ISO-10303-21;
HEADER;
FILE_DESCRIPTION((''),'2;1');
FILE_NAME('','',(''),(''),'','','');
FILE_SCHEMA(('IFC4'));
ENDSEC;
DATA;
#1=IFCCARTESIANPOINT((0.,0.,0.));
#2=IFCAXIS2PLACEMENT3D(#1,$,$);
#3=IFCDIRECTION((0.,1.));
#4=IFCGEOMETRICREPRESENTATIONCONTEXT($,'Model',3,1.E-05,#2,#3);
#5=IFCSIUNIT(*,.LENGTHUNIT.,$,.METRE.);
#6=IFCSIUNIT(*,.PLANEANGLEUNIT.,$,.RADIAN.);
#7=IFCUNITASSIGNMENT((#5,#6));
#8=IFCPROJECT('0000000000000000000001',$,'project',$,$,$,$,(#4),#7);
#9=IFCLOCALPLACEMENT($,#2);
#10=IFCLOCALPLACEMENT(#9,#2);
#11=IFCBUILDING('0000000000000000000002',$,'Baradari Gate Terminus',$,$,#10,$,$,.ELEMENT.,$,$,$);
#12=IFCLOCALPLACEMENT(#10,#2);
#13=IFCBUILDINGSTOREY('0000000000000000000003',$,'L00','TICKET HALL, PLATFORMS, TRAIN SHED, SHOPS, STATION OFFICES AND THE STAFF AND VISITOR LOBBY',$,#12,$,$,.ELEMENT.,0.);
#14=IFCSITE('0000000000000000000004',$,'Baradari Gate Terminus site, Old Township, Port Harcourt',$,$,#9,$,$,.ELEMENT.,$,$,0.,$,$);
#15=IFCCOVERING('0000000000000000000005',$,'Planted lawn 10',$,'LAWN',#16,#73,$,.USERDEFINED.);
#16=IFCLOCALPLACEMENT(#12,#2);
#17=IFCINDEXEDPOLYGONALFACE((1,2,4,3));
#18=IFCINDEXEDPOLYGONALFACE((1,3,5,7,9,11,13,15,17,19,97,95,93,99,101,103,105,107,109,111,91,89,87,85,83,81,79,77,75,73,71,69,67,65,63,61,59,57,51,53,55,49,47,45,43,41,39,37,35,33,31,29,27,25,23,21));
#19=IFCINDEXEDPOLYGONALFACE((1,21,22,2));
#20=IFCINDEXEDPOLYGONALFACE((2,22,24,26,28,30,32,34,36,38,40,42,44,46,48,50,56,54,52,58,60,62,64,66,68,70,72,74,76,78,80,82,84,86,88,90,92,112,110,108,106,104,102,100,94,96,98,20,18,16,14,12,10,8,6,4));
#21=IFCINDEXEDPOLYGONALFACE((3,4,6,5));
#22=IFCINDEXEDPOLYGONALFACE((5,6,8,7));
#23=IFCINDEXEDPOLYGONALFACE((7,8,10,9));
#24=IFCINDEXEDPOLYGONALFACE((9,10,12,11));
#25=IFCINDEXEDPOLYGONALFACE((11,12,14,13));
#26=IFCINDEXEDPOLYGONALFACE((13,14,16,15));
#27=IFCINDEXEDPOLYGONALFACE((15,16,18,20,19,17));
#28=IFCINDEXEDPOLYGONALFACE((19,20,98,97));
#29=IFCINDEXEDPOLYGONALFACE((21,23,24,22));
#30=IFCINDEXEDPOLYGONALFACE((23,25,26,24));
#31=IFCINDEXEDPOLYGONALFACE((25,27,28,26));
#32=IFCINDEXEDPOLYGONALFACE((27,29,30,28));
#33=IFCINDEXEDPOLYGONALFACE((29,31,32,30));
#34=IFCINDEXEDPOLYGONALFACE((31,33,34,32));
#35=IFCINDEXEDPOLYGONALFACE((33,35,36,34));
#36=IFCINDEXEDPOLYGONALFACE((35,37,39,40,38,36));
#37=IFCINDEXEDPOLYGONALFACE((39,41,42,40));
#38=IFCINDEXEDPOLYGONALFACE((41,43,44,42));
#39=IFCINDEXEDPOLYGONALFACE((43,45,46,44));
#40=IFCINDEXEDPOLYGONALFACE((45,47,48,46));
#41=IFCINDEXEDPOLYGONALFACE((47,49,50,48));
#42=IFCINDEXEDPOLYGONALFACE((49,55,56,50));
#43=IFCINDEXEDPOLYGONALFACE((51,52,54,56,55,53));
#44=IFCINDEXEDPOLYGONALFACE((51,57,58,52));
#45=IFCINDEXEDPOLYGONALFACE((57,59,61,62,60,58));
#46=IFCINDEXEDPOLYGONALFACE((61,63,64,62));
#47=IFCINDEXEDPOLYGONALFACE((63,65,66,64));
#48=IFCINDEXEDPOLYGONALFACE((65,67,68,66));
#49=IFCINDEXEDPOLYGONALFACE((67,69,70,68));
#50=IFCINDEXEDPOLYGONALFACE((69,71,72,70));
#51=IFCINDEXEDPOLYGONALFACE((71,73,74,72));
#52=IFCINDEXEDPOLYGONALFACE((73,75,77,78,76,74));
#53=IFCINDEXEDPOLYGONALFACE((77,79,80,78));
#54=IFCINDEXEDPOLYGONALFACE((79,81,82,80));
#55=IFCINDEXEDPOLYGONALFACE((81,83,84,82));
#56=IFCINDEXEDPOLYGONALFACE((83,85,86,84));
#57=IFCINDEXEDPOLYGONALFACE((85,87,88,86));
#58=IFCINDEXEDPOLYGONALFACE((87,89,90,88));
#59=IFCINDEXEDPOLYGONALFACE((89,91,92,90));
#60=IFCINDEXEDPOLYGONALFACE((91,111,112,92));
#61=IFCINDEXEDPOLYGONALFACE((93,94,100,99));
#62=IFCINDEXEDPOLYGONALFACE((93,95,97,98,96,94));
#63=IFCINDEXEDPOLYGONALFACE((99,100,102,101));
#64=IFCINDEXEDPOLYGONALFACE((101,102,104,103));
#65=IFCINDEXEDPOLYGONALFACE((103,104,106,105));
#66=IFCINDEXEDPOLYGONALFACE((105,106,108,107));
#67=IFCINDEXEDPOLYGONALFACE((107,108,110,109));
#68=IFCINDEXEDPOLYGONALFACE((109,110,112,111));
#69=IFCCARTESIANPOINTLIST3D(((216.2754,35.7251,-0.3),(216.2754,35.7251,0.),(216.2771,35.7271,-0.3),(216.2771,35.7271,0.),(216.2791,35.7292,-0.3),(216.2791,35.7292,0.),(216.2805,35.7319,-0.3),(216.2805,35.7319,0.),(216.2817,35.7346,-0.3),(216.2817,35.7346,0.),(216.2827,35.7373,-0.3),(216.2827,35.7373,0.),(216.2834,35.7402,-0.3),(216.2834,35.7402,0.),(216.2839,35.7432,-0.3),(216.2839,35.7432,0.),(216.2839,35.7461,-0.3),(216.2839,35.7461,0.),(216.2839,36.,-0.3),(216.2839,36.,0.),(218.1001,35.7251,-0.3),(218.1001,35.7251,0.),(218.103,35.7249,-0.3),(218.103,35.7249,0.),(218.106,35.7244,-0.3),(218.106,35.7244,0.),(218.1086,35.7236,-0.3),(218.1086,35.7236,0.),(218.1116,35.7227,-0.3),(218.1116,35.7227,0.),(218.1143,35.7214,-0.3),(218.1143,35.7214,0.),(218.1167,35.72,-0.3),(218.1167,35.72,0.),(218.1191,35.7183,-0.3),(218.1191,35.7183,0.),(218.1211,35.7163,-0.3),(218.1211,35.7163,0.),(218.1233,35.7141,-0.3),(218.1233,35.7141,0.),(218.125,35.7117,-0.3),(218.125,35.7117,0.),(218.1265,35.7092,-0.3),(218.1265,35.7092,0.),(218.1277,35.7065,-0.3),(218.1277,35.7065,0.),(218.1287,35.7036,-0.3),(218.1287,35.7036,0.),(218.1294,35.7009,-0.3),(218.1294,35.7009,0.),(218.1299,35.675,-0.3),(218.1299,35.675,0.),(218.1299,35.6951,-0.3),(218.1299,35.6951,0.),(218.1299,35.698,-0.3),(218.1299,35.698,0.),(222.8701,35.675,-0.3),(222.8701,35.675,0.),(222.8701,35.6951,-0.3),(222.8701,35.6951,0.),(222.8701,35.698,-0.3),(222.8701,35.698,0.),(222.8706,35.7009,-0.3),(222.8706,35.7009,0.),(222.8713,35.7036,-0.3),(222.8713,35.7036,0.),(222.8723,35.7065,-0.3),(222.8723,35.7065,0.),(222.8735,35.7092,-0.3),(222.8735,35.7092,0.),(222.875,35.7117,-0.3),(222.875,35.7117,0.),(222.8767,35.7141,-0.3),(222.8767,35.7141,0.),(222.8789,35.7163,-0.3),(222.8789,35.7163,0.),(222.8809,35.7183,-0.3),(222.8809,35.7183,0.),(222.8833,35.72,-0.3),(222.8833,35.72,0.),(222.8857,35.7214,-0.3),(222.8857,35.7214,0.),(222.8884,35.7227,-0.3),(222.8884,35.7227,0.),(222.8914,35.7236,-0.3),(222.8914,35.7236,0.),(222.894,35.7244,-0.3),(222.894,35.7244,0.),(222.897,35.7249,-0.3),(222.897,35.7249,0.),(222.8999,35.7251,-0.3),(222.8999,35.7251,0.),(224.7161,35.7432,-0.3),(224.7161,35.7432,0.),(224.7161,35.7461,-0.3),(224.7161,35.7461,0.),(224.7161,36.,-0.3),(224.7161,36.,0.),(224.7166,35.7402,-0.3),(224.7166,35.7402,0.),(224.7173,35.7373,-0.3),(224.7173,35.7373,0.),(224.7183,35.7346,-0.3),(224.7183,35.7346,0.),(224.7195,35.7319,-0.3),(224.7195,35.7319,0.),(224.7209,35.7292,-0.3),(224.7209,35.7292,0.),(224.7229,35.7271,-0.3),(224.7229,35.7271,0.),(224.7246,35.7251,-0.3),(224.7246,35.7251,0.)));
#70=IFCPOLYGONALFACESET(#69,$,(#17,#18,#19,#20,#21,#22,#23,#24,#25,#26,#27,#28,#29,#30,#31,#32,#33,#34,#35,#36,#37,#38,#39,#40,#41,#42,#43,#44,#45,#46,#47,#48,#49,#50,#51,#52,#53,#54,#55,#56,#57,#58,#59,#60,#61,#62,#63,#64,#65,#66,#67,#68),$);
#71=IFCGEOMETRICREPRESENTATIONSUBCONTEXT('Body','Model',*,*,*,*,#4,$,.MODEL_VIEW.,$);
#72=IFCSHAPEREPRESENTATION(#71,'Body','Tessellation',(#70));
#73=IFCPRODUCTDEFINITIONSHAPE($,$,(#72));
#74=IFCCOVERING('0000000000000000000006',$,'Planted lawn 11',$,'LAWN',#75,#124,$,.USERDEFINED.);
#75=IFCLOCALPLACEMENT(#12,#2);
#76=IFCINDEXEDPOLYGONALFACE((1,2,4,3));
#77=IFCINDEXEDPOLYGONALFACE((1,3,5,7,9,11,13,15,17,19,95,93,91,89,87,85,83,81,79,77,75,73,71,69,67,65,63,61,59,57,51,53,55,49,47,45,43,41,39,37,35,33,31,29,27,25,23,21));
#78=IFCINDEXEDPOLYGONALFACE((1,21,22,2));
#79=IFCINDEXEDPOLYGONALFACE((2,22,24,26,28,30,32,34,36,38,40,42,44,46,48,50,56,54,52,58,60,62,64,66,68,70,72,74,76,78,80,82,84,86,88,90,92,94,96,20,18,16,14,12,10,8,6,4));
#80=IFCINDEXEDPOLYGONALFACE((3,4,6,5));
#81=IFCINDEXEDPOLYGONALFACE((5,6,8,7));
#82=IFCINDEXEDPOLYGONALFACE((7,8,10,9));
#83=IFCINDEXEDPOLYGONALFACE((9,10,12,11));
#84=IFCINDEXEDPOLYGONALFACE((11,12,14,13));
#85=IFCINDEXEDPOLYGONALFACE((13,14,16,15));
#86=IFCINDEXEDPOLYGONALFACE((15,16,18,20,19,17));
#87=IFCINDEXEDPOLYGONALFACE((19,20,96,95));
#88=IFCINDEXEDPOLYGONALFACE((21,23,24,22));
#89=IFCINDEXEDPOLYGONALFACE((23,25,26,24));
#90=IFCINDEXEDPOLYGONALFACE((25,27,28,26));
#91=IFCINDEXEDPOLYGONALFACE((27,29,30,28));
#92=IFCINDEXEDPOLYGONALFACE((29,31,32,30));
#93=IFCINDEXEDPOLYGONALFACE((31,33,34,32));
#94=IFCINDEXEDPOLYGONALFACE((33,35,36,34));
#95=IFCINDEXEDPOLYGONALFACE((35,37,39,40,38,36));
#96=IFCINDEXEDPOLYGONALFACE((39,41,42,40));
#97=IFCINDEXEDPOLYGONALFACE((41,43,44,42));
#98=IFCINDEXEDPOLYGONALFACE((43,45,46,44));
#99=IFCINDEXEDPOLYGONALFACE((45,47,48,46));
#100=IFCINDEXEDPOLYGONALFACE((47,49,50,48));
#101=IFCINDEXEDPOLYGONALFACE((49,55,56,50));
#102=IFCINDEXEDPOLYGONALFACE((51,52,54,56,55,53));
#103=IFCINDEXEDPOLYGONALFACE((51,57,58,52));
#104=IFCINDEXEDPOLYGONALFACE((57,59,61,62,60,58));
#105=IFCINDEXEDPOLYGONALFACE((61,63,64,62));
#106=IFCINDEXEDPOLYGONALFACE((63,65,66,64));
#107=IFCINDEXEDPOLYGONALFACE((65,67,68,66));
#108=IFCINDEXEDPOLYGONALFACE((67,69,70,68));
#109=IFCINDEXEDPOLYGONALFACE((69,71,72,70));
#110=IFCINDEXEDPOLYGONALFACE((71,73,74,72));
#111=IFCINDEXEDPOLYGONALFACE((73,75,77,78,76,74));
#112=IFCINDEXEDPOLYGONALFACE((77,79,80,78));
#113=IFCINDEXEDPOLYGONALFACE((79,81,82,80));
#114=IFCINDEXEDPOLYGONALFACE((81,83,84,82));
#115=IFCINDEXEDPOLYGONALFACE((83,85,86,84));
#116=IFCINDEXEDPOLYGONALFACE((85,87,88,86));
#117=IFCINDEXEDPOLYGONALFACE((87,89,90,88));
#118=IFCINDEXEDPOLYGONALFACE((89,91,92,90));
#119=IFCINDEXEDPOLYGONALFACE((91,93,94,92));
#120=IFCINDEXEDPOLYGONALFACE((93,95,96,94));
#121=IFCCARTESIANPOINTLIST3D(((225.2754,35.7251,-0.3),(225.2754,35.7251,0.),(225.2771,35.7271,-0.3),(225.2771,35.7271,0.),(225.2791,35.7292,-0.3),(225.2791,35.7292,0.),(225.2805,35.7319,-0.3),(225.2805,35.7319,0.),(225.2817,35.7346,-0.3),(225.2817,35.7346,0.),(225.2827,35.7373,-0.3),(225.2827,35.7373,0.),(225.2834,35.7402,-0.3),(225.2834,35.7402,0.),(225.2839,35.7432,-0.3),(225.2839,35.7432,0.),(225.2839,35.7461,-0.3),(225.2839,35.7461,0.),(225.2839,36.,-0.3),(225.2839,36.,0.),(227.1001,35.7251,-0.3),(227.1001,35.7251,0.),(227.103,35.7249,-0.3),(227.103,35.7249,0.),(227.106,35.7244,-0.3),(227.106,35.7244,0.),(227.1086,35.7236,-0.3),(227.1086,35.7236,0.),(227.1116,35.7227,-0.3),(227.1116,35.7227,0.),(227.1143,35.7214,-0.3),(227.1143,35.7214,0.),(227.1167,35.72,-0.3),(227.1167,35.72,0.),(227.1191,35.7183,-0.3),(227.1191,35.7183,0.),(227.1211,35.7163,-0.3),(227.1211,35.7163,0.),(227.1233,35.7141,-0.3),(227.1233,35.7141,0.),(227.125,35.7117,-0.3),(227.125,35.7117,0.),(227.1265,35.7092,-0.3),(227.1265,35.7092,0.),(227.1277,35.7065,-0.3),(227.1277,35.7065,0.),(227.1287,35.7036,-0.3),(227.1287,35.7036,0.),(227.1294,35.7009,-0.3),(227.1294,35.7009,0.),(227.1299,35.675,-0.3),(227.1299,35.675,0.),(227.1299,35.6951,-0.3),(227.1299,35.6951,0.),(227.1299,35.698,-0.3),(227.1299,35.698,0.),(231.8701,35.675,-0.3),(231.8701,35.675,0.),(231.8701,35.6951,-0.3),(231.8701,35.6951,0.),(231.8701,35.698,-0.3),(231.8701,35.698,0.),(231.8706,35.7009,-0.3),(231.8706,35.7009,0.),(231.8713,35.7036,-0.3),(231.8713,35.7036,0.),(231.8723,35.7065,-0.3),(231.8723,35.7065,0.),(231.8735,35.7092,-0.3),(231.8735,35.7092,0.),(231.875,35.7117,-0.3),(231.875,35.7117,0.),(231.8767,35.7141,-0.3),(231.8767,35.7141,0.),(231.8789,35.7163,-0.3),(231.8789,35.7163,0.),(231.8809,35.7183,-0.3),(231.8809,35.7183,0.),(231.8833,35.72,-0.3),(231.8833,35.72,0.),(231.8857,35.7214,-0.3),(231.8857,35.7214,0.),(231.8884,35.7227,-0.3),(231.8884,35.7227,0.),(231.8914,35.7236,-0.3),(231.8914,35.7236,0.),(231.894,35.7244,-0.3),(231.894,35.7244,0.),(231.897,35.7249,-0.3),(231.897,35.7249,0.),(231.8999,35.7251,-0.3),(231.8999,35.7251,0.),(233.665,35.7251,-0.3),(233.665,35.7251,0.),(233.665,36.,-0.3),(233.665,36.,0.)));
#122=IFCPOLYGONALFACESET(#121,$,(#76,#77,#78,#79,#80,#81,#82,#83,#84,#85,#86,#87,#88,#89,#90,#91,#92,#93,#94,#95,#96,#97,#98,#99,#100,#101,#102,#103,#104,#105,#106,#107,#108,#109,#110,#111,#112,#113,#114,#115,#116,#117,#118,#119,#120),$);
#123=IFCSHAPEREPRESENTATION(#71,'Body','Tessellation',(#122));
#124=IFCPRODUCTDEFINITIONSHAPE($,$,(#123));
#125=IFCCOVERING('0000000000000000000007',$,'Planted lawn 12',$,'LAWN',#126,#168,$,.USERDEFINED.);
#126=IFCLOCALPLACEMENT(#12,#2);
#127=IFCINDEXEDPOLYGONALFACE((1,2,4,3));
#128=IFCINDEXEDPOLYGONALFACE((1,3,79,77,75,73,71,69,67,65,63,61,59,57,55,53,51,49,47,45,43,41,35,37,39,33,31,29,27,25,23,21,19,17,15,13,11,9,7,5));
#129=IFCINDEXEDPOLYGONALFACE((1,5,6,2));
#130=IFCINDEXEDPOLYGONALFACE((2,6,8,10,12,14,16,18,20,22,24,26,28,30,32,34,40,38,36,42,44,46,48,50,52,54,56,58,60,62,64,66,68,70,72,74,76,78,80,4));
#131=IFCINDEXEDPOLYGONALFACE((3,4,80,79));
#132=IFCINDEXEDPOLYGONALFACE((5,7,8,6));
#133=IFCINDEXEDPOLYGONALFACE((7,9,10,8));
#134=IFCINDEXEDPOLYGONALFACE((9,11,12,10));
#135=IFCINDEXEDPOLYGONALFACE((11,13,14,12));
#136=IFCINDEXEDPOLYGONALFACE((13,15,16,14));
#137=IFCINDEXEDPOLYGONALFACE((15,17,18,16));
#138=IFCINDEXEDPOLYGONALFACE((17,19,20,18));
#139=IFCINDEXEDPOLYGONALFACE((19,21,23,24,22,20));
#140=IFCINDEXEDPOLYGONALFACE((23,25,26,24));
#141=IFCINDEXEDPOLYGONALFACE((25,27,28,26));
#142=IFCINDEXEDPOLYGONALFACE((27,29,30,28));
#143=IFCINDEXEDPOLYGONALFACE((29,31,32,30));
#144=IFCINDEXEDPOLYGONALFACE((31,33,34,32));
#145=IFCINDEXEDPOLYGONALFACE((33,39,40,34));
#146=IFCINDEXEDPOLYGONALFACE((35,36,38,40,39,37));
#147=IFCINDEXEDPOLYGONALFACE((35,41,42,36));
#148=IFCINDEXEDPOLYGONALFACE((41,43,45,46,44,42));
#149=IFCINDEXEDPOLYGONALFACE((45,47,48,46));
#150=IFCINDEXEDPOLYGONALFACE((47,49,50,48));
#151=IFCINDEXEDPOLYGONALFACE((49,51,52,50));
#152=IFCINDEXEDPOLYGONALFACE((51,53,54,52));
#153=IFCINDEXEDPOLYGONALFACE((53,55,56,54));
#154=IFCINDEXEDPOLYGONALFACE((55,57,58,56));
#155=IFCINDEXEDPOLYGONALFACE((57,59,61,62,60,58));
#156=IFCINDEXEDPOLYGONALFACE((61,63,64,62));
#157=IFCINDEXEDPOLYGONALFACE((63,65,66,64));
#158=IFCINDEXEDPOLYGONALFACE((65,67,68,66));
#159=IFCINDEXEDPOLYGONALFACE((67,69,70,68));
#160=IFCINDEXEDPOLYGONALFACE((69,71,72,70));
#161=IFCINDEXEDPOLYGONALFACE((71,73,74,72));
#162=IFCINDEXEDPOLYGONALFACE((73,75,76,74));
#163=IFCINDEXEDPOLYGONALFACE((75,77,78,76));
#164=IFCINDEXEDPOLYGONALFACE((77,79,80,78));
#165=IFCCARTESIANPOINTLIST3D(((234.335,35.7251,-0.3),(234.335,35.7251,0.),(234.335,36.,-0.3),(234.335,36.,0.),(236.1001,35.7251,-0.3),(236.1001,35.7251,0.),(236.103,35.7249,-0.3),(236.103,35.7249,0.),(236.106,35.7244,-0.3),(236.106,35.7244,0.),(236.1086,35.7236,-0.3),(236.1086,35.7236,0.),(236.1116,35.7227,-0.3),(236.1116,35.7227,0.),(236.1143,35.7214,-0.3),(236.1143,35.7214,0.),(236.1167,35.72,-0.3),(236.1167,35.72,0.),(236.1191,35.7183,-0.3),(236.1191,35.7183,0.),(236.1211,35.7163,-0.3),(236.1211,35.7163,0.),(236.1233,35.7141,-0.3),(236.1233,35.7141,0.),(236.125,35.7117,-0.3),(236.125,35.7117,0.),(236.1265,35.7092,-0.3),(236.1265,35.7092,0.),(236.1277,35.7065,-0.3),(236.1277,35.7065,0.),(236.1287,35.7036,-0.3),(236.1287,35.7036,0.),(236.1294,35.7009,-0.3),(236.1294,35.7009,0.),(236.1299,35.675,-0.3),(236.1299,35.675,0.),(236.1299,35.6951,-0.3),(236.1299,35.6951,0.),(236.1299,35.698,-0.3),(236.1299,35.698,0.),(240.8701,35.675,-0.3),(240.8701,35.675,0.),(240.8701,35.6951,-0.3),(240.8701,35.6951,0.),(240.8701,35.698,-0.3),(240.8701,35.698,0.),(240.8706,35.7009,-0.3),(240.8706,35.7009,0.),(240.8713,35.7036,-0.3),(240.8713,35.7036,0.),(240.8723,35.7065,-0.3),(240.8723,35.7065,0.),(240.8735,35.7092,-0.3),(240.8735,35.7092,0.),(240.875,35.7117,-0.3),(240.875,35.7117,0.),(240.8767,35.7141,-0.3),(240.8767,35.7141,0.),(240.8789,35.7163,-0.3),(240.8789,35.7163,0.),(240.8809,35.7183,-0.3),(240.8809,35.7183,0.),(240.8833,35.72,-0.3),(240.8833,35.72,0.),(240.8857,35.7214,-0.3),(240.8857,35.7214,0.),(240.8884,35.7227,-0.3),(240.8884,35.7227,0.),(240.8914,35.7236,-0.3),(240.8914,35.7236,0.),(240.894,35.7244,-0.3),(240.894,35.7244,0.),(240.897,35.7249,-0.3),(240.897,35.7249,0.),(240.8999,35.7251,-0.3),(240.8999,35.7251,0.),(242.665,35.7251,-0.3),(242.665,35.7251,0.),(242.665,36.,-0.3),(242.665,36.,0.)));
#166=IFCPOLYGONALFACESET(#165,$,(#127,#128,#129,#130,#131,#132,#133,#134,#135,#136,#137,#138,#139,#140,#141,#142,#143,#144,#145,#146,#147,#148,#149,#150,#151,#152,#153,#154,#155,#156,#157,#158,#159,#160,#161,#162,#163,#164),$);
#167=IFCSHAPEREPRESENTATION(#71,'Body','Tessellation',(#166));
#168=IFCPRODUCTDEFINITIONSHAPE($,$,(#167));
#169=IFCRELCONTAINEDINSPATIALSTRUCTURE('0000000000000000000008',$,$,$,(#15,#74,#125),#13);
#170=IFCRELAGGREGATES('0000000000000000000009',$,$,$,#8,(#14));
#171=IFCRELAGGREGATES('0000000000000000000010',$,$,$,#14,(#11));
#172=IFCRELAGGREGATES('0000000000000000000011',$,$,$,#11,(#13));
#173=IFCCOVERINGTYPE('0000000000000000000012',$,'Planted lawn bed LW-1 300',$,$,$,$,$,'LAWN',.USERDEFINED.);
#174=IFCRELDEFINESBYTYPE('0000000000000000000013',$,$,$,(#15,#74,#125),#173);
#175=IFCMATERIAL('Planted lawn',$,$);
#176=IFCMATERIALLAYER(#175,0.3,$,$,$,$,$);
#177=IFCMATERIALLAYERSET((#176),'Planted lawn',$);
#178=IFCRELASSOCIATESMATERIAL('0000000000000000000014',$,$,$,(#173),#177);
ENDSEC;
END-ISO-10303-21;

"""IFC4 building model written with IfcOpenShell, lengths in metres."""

from ifc_helpers import new_model, si_unit, direction, frame, origin, place, context, subcontext, project, spatial, polyline, outline, extrude, material, layer, layer_set, type_object, element, save


model = new_model("IFC4")

# Units and contexts
model_context = context("Model", 3, precision=1e-05, world=origin(), true_north=direction((0.0, 1.0)))
body_context = subcontext(model_context, "Body", "Model", "MODEL_VIEW")
ifc_project = project(units=[si_unit("LENGTHUNIT", "METRE"), si_unit("PLANEANGLEUNIT", "RADIAN")], contexts=[model_context])

# Site, building, storey
site_placement = place(None, origin())
site = spatial("IfcSite", under=ifc_project, at=site_placement, Name="Baradari Gate Terminus site, Old Township, Port Harcourt", CompositionType="ELEMENT", RefElevation=0.0)
building_placement = place(site_placement, origin())
building = spatial("IfcBuilding", under=site, at=building_placement, Name="Baradari Gate Terminus", CompositionType="ELEMENT")
storey_placement = place(building_placement, origin())
storey = spatial("IfcBuildingStorey", under=building, at=storey_placement, Name="L00", Description="TICKET HALL, PLATFORMS, TRAIN SHED, SHOPS, STATION OFFICES AND THE STAFF AND VISITOR LOBBY", CompositionType="ELEMENT", Elevation=0.0)

# Coverings
ifc_material_1 = material(Name="Planted lawn")
ifc_layer_1 = layer(ifc_material_1, 0.3)
ifc_layer_set_1 = layer_set([ifc_layer_1], Name="Planted lawn")
covering_type_1 = type_object("IfcCoveringType", Name="Planted lawn bed LW-1 300", ElementType="LAWN", PredefinedType="USERDEFINED", material=ifc_layer_set_1)
covering_1_placement = place(storey_placement, frame((0.0, 0.0, -0.3)))
element("IfcCovering", 1, at=covering_1_placement, inside=storey, type_object=covering_type_1, Name="Planted lawn 10", ObjectType="LAWN", PredefinedType="USERDEFINED", context=body_context, shape_type="SweptSolid", body=[
    extrude(outline(polyline([(216.2805, 35.7319), (216.2791, 35.7292), (216.2771, 35.7271), (216.2754, 35.7251), (218.1001, 35.7251), (218.103, 35.7249), (218.106, 35.7244), (218.1086, 35.7236), (218.1116, 35.7227), (218.1143, 35.7214), (218.1167, 35.72), (218.1191, 35.7183), (218.1211, 35.7163), (218.1233, 35.7141), (218.125, 35.7117), (218.1265, 35.7092), (218.1277, 35.7065), (218.1287, 35.7036), (218.1294, 35.7009), (218.1299, 35.698), (218.1299, 35.6951), (218.1299, 35.675), (222.8701, 35.675), (222.8701, 35.6951), (222.8701, 35.698), (222.8706, 35.7009), (222.8713, 35.7036), (222.8723, 35.7065), (222.8735, 35.7092), (222.875, 35.7117), (222.8767, 35.7141), (222.8789, 35.7163), (222.8809, 35.7183), (222.8833, 35.72), (222.8857, 35.7214), (222.8884, 35.7227), (222.8914, 35.7236), (222.894, 35.7244), (222.897, 35.7249), (222.8999, 35.7251), (224.7246, 35.7251), (224.7229, 35.7271), (224.7209, 35.7292), (224.7195, 35.7319), (224.7183, 35.7346), (224.7173, 35.7373), (224.7166, 35.7402), (224.7161, 35.7432), (224.7161, 35.7461), (224.7161, 36.0), (216.2839, 36.0), (216.2839, 35.7461), (216.2839, 35.7432), (216.2834, 35.7402), (216.2827, 35.7373), (216.2817, 35.7346), (216.2805, 35.7319)])), origin(), (0.0, 0.0, 1.0), 0.3),
])
covering_2_placement = place(storey_placement, frame((0.0, 0.0, -0.3)))
element("IfcCovering", 2, at=covering_2_placement, inside=storey, type_object=covering_type_1, Name="Planted lawn 11", ObjectType="LAWN", PredefinedType="USERDEFINED", context=body_context, shape_type="SweptSolid", body=[
    extrude(outline(polyline([(225.2805, 35.7319), (225.2791, 35.7292), (225.2771, 35.7271), (225.2754, 35.7251), (227.1001, 35.7251), (227.103, 35.7249), (227.106, 35.7244), (227.1086, 35.7236), (227.1116, 35.7227), (227.1143, 35.7214), (227.1167, 35.72), (227.1191, 35.7183), (227.1211, 35.7163), (227.1233, 35.7141), (227.125, 35.7117), (227.1265, 35.7092), (227.1277, 35.7065), (227.1287, 35.7036), (227.1294, 35.7009), (227.1299, 35.698), (227.1299, 35.6951), (227.1299, 35.675), (231.8701, 35.675), (231.8701, 35.6951), (231.8701, 35.698), (231.8706, 35.7009), (231.8713, 35.7036), (231.8723, 35.7065), (231.8735, 35.7092), (231.875, 35.7117), (231.8767, 35.7141), (231.8789, 35.7163), (231.8809, 35.7183), (231.8833, 35.72), (231.8857, 35.7214), (231.8884, 35.7227), (231.8914, 35.7236), (231.894, 35.7244), (231.897, 35.7249), (231.8999, 35.7251), (233.665, 35.7251), (233.665, 36.0), (225.2839, 36.0), (225.2839, 35.7461), (225.2839, 35.7432), (225.2834, 35.7402), (225.2827, 35.7373), (225.2817, 35.7346), (225.2805, 35.7319)])), origin(), (0.0, 0.0, 1.0), 0.3),
])
covering_3_placement = place(storey_placement, frame((0.0, 0.0, -0.3)))
element("IfcCovering", 3, at=covering_3_placement, inside=storey, type_object=covering_type_1, Name="Planted lawn 12", ObjectType="LAWN", PredefinedType="USERDEFINED", context=body_context, shape_type="SweptSolid", body=[
    extrude(outline(polyline([(236.1116, 35.7227), (236.1143, 35.7214), (236.1167, 35.72), (236.1191, 35.7183), (236.1211, 35.7163), (236.1233, 35.7141), (236.125, 35.7117), (236.1265, 35.7092), (236.1277, 35.7065), (236.1287, 35.7036), (236.1294, 35.7009), (236.1299, 35.698), (236.1299, 35.6951), (236.1299, 35.675), (240.8701, 35.675), (240.8701, 35.6951), (240.8701, 35.698), (240.8706, 35.7009), (240.8713, 35.7036), (240.8723, 35.7065), (240.8735, 35.7092), (240.875, 35.7117), (240.8767, 35.7141), (240.8789, 35.7163), (240.8809, 35.7183), (240.8833, 35.72), (240.8857, 35.7214), (240.8884, 35.7227), (240.8914, 35.7236), (240.894, 35.7244), (240.897, 35.7249), (240.8999, 35.7251), (242.665, 35.7251), (242.665, 36.0), (234.335, 36.0), (234.335, 35.7251), (236.1001, 35.7251), (236.103, 35.7249), (236.106, 35.7244), (236.1086, 35.7236), (236.1116, 35.7227)])), origin(), (0.0, 0.0, 1.0), 0.3),
])

save(model, "model.ifc")
